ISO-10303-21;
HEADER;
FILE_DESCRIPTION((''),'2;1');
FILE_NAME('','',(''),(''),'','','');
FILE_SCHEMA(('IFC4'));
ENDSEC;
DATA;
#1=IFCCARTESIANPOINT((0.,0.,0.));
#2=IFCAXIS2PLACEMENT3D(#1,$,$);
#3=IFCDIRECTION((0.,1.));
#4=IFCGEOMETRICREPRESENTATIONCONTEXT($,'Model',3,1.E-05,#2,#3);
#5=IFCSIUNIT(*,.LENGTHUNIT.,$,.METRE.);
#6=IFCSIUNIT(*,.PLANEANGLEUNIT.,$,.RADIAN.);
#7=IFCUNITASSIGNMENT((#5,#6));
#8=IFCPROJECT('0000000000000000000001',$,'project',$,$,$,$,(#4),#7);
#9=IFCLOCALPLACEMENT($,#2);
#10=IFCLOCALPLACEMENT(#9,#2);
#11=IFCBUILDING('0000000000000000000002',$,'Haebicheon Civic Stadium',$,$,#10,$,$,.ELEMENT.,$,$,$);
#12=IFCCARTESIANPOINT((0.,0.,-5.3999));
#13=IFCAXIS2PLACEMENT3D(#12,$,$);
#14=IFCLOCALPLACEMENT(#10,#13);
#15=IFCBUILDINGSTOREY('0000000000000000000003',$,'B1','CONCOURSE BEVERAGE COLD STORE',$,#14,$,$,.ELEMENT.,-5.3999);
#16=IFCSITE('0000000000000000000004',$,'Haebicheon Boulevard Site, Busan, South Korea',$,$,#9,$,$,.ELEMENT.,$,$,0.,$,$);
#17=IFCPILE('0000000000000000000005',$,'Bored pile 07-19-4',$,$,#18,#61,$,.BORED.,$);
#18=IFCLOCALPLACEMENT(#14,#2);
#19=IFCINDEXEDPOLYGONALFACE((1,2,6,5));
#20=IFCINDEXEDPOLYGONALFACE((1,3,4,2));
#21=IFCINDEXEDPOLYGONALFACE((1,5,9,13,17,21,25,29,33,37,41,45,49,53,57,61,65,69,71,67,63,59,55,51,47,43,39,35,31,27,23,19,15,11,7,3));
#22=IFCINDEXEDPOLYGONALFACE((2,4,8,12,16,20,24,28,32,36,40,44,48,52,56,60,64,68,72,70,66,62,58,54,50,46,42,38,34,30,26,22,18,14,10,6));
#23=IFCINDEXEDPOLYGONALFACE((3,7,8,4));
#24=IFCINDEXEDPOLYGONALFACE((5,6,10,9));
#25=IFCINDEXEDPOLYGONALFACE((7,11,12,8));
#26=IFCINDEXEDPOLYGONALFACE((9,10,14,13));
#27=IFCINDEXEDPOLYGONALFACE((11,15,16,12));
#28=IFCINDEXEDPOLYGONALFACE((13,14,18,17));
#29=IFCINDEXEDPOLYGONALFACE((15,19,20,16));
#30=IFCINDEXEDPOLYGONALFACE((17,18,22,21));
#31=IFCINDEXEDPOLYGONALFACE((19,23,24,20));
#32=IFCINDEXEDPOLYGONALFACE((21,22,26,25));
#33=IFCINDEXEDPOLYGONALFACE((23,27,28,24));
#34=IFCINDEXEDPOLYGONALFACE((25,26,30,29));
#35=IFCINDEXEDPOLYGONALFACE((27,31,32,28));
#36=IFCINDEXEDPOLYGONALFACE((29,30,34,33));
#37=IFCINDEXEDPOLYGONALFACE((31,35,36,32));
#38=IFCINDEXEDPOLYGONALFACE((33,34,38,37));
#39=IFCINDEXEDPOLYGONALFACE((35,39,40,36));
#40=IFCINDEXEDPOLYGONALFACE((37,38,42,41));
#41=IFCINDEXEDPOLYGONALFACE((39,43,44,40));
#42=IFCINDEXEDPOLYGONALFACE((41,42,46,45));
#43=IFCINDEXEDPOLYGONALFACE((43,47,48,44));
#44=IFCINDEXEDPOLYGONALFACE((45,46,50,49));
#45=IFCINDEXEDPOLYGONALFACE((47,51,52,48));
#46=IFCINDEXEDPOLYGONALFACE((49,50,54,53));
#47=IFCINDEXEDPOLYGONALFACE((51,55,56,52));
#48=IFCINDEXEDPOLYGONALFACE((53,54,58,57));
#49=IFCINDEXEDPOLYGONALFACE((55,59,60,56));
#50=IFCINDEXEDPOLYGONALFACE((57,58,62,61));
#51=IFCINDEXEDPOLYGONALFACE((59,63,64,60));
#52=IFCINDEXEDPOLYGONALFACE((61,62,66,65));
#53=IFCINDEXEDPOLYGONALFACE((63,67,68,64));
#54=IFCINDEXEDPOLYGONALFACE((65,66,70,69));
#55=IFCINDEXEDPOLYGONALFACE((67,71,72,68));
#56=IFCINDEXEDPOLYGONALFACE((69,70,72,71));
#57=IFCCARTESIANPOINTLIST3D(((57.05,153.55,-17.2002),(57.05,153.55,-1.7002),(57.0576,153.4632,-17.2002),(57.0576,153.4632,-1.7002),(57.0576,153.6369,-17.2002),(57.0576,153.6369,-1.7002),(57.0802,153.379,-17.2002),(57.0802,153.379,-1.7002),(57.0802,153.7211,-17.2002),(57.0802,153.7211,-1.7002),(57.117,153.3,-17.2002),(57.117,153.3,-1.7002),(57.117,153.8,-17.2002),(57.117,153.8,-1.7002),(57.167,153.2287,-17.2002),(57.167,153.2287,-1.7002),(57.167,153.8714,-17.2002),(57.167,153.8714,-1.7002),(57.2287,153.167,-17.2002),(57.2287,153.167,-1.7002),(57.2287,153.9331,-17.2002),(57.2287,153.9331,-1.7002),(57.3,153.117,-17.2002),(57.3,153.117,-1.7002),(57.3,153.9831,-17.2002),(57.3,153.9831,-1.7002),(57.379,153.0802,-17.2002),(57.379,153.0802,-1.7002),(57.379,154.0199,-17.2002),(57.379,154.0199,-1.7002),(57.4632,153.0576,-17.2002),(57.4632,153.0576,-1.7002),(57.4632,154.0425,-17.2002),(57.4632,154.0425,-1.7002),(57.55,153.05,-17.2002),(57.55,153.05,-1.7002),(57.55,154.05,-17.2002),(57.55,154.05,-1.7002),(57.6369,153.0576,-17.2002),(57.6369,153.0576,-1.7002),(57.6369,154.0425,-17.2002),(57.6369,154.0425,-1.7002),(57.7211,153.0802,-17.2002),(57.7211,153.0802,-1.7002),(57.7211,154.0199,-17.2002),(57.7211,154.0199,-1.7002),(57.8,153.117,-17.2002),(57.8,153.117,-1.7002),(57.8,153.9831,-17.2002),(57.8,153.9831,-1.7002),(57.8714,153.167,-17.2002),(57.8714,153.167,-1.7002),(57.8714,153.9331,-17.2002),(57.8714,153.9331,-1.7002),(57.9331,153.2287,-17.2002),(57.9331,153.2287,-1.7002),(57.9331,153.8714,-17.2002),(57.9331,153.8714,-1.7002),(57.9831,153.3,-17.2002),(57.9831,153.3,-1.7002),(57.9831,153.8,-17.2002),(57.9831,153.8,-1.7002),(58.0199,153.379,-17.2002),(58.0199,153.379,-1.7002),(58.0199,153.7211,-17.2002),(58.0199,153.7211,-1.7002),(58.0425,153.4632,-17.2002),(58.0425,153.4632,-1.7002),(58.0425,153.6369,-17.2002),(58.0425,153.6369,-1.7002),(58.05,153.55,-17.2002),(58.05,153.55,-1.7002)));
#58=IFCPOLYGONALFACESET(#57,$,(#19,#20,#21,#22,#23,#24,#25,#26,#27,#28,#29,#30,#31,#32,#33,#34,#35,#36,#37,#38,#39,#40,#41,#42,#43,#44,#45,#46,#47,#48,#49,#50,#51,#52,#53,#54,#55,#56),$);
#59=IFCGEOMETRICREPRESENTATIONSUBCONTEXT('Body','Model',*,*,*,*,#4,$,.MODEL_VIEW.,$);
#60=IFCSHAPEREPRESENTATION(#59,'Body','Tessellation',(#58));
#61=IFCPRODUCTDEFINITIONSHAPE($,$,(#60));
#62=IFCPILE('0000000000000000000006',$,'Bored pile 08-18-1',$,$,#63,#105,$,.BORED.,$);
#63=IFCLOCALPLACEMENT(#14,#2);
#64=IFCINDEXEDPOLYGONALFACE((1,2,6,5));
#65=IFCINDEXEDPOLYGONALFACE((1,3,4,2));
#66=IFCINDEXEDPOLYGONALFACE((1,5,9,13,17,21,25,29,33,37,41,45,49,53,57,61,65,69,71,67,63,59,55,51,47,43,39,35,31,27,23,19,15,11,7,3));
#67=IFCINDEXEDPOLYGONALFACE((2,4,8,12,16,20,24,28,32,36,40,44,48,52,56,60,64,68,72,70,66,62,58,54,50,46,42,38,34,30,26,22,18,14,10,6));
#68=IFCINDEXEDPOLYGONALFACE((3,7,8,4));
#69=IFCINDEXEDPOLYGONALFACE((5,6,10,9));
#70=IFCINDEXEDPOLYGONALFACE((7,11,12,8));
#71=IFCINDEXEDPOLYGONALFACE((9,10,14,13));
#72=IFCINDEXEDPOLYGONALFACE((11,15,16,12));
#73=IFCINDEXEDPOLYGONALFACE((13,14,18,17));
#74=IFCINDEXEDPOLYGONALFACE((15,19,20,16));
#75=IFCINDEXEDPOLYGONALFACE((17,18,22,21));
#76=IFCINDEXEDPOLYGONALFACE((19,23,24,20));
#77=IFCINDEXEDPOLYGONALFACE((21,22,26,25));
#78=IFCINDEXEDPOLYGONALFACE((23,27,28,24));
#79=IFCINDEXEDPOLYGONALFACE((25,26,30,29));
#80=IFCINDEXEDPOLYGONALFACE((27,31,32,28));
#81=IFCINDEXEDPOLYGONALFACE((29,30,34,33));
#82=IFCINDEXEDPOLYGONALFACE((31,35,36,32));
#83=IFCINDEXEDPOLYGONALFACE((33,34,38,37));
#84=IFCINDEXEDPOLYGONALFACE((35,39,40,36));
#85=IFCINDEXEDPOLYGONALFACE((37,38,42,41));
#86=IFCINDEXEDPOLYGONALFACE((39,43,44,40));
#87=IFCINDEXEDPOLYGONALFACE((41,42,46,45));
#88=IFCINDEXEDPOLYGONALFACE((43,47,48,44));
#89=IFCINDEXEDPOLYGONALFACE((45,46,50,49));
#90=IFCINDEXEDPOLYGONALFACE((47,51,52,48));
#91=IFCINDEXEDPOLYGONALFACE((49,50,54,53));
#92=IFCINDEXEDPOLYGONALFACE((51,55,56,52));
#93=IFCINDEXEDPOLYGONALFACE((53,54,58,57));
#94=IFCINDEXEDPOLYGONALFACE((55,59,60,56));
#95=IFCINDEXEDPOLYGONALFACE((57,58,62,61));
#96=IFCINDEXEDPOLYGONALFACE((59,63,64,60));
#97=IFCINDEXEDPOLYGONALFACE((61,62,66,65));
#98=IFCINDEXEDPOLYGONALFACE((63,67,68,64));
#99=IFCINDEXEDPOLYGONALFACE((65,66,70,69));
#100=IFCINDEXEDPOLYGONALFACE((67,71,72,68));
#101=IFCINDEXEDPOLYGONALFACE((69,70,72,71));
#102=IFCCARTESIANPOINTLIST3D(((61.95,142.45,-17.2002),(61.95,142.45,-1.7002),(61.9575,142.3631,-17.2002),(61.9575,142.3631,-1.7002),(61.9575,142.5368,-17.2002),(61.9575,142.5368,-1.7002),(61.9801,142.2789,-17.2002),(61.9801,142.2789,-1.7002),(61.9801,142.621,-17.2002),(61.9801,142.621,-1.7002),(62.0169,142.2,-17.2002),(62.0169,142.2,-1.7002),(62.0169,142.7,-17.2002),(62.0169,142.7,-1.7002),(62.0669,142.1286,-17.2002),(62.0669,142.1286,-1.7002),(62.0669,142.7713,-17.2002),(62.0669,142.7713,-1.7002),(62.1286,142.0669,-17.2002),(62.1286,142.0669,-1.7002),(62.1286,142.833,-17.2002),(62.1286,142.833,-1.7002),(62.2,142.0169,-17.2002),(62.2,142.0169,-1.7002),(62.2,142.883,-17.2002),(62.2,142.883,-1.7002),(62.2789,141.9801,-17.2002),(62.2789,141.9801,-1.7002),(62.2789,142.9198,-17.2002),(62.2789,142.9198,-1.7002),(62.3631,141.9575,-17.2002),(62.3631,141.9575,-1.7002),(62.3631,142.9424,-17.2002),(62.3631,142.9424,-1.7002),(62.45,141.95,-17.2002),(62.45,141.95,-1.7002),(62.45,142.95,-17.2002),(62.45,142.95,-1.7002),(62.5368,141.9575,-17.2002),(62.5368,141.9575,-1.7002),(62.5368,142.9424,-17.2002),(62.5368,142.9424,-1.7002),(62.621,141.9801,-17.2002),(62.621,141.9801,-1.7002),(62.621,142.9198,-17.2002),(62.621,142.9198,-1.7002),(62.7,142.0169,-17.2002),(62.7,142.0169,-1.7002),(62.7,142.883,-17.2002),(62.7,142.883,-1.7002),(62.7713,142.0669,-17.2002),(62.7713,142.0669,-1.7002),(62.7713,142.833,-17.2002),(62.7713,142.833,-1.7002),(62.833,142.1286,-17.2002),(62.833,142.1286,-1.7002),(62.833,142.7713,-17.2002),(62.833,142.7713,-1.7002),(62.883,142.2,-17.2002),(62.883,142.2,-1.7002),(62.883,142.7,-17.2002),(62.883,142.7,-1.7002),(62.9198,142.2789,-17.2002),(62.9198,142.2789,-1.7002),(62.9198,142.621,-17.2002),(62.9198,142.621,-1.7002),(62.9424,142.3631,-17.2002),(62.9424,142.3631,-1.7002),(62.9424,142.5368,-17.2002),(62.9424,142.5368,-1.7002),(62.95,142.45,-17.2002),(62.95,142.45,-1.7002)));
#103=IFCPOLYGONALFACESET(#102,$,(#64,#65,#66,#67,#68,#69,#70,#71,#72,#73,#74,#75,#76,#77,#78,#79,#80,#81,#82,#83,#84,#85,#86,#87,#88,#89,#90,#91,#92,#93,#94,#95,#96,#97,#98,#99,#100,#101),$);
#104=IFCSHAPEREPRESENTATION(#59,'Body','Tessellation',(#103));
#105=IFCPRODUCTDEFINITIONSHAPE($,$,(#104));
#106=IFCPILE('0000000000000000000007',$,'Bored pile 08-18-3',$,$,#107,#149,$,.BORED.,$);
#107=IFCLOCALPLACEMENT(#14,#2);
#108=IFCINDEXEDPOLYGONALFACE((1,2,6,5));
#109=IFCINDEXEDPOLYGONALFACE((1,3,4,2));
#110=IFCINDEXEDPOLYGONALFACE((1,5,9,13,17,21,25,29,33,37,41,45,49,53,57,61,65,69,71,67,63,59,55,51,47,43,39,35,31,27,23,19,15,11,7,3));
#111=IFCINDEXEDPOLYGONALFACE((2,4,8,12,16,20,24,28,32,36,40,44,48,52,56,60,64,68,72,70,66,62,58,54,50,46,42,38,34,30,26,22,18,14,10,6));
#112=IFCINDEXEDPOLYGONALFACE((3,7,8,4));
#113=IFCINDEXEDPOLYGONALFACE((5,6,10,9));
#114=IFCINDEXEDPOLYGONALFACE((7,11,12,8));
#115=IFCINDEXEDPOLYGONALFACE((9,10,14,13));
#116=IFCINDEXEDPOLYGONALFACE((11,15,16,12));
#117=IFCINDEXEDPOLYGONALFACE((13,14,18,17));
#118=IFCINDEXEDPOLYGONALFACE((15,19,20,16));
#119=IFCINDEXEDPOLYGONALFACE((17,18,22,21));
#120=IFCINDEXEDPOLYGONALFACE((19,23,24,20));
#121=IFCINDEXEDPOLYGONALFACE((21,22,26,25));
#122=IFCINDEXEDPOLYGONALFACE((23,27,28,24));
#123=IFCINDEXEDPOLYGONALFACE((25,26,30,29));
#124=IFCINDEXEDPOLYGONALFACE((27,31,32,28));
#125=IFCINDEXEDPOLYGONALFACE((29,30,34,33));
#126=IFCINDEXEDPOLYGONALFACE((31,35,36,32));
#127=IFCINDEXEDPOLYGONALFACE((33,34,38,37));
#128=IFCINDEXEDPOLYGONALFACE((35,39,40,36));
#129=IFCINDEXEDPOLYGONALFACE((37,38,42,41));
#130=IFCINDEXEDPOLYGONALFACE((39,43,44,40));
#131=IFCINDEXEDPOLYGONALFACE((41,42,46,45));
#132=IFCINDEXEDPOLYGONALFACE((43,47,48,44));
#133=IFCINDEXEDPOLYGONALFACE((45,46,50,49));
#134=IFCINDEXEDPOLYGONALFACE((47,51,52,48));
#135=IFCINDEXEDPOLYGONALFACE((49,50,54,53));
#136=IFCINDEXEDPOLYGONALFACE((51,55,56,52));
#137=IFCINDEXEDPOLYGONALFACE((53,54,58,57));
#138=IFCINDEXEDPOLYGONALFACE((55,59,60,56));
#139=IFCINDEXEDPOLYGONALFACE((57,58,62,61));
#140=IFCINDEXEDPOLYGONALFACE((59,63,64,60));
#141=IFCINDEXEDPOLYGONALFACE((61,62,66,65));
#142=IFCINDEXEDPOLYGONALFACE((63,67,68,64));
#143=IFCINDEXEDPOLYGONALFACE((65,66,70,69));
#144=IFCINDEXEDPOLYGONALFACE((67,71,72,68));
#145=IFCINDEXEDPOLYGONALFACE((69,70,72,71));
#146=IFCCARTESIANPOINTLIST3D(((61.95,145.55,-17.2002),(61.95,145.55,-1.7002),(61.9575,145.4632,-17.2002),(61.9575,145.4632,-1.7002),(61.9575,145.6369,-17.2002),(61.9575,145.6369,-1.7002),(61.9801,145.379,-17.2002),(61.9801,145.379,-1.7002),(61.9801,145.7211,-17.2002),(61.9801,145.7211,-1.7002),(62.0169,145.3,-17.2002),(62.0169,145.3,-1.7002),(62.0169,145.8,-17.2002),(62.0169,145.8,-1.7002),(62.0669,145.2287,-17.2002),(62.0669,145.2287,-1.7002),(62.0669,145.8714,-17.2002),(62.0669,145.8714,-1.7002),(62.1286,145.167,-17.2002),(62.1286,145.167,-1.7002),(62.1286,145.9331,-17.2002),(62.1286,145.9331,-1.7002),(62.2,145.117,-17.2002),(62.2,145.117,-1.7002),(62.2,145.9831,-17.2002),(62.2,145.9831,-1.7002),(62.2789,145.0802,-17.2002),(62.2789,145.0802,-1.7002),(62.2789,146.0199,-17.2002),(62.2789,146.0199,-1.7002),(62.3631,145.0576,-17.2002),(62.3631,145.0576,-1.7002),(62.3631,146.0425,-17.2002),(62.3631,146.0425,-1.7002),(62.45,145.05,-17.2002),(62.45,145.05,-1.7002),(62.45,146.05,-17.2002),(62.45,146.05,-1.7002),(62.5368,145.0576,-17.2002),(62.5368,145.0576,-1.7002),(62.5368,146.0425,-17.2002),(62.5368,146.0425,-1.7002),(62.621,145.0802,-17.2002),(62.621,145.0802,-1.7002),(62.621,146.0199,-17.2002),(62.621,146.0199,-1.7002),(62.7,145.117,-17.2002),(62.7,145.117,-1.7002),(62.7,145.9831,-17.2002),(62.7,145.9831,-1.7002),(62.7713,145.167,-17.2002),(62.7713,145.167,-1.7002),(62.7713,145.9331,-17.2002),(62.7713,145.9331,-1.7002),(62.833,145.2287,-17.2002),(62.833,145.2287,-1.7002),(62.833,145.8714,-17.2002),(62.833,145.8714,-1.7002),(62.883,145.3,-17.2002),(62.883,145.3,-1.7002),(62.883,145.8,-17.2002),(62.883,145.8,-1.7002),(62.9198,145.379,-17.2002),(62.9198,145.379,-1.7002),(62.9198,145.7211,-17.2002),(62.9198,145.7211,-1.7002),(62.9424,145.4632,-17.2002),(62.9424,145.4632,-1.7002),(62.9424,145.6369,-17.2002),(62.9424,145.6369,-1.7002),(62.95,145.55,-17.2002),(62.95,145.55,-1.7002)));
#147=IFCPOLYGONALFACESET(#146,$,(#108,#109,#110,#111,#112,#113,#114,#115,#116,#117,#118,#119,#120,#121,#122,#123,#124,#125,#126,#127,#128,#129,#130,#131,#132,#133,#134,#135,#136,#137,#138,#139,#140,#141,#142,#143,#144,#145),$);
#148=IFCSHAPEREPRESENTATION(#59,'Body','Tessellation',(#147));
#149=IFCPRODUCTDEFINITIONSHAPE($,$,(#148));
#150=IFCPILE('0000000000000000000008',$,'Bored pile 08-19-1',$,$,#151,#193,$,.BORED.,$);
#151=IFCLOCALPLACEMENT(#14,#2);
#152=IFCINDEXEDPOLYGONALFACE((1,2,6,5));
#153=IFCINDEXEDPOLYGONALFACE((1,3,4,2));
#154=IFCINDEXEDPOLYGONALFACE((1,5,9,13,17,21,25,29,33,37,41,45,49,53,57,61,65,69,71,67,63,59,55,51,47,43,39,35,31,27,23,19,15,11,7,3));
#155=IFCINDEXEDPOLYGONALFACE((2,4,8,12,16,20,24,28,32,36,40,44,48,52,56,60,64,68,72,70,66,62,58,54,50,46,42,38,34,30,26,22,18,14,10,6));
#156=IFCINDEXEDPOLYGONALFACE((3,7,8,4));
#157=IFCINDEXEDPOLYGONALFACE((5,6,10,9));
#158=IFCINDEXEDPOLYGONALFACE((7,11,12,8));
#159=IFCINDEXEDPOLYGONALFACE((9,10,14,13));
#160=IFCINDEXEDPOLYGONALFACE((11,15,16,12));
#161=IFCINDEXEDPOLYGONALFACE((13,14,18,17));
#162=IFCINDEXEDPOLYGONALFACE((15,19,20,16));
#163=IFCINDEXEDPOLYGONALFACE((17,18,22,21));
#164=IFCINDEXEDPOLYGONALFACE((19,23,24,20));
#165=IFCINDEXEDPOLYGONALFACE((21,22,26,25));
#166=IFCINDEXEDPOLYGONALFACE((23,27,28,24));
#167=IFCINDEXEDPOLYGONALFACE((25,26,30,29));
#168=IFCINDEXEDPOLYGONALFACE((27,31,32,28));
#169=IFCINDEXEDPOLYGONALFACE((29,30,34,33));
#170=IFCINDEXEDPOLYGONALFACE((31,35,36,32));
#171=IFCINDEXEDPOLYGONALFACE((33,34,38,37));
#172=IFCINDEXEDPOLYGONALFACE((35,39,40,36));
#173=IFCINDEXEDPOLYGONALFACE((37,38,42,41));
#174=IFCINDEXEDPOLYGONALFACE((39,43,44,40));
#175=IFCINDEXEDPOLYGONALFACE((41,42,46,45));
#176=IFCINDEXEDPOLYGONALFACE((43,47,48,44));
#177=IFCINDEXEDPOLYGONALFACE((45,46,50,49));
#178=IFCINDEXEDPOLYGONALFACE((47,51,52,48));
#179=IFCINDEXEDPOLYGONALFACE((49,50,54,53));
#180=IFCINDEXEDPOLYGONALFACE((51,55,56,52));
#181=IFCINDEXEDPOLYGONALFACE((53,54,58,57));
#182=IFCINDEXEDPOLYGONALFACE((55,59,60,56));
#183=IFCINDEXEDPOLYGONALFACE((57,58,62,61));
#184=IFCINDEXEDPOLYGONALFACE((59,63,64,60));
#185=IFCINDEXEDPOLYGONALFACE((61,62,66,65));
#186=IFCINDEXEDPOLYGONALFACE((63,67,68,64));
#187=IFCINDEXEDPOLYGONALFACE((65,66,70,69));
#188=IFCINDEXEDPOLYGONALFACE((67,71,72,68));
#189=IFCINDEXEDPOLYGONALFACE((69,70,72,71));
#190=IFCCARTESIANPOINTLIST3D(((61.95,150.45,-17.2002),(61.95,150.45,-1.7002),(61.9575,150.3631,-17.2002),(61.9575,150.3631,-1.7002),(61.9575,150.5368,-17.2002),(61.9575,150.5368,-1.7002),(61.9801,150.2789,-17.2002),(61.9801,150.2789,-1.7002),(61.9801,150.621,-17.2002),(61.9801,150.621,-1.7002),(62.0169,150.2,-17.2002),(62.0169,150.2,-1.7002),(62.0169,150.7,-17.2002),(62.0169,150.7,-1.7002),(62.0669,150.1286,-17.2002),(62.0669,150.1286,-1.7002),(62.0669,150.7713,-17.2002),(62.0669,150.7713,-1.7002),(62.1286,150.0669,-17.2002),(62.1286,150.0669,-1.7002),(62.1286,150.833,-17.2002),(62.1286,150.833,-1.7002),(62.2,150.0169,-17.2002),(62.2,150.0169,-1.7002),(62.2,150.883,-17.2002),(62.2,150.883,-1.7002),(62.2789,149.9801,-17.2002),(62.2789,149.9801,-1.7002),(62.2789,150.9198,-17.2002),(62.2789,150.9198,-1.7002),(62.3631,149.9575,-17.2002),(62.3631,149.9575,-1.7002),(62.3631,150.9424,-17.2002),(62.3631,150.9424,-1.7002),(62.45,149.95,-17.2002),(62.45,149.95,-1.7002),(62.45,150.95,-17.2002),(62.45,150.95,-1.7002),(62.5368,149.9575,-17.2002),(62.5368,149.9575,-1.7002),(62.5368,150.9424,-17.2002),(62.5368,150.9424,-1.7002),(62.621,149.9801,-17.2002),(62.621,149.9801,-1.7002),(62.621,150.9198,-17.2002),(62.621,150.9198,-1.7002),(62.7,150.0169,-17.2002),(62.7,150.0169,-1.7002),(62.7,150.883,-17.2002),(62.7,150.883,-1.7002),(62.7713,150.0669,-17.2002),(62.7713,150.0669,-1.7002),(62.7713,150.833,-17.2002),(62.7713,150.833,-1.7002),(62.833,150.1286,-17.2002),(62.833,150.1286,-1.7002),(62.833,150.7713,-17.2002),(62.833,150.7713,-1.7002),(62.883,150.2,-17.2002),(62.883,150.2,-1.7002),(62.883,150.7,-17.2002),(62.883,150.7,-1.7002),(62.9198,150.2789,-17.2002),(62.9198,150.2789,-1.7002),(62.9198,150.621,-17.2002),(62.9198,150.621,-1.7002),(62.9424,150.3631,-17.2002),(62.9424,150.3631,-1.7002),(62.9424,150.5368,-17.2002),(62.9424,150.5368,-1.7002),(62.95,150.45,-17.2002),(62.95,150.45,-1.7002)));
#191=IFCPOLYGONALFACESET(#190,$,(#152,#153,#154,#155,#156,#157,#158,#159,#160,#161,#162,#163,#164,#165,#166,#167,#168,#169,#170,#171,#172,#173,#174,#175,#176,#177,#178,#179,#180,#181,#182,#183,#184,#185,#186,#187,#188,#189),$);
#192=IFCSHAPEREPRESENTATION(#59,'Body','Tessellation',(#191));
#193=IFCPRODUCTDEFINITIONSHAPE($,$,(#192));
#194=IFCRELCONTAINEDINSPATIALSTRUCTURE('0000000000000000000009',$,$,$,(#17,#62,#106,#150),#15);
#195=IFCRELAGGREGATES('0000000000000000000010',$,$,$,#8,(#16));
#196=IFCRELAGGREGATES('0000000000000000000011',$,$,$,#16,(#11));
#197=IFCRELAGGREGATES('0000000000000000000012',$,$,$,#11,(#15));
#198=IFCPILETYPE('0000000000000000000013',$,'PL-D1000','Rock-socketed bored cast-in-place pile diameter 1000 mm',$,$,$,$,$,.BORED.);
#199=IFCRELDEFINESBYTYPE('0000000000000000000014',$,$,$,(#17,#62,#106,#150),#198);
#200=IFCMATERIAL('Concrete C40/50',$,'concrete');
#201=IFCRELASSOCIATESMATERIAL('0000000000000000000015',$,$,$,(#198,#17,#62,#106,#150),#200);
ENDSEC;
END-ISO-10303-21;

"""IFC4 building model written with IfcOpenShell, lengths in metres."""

from ifc_helpers import new_model, si_unit, direction, frame, origin, origin_2d, place, context, subcontext, project, spatial, circle, extrude, material, material_profile, profile_set, type_object, element, save


model = new_model("IFC4")

# Units and contexts
model_context = context("Model", 3, precision=1e-05, world=origin(), true_north=direction((0.0, 1.0)))
body_context = subcontext(model_context, "Body", "Model", "MODEL_VIEW")
ifc_project = project(units=[si_unit("LENGTHUNIT", "METRE"), si_unit("PLANEANGLEUNIT", "RADIAN")], contexts=[model_context])

# Site, building, storey
site_placement = place(None, origin())
site = spatial("IfcSite", under=ifc_project, at=site_placement, Name="Haebicheon Boulevard Site, Busan, South Korea", CompositionType="ELEMENT", RefElevation=0.0)
building_placement = place(site_placement, origin())
building = spatial("IfcBuilding", under=site, at=building_placement, Name="Haebicheon Civic Stadium", CompositionType="ELEMENT")
storey_placement = place(building_placement, frame((0.0, 0.0, -5.3999)))
storey = spatial("IfcBuildingStorey", under=building, at=storey_placement, Name="B1", Description="CONCOURSE BEVERAGE COLD STORE", CompositionType="ELEMENT", Elevation=-5.3999)

# Piles
ifc_material_1 = material(Name="Concrete C40/50", Category="concrete")
ifc_material_profile_1 = material_profile(ifc_material_1, circle(Radius=0.5, at=origin_2d()), Name="PILE-D1000")
ifc_profile_set_1 = profile_set([ifc_material_profile_1], Name="Concrete C40/50")
pile_type = type_object("IfcPileType", Name="PL-D1000", Description="Rock-socketed bored cast-in-place pile diameter 1000 mm", PredefinedType="BORED", material=ifc_profile_set_1)
for number, where, z_axis, x_axis, name in (
    (1, (57.55, 153.55, -1.7002), (0.0, 0.0, -1.0), (1.0, 0.0, 0.0), "Bored pile 07-19-4"),
    (2, (62.45, 142.45, -1.7002), (0.0, 0.0, -1.0), (1.0, 0.0, 0.0), "Bored pile 08-18-1"),
    (3, (62.45, 145.55, -1.7002), (0.0, 0.0, -1.0), (1.0, 0.0, 0.0), "Bored pile 08-18-3"),
    (4, (62.45, 150.45, -1.7002), (0.0, 0.0, -1.0), (1.0, 0.0, 0.0), "Bored pile 08-19-1"),
):
    element("IfcPile", number, at=place(storey_placement, frame(where, z_axis=z_axis, x_axis=x_axis)), inside=storey, type_object=pile_type, material=ifc_profile_set_1, Name=name, PredefinedType="BORED", context=body_context, shape_type="SweptSolid", body=[
        extrude(circle(Radius=0.5, at=origin_2d()), origin(), (0.0, 0.0, 1.0), 15.5),
    ])

save(model, "model.ifc")
